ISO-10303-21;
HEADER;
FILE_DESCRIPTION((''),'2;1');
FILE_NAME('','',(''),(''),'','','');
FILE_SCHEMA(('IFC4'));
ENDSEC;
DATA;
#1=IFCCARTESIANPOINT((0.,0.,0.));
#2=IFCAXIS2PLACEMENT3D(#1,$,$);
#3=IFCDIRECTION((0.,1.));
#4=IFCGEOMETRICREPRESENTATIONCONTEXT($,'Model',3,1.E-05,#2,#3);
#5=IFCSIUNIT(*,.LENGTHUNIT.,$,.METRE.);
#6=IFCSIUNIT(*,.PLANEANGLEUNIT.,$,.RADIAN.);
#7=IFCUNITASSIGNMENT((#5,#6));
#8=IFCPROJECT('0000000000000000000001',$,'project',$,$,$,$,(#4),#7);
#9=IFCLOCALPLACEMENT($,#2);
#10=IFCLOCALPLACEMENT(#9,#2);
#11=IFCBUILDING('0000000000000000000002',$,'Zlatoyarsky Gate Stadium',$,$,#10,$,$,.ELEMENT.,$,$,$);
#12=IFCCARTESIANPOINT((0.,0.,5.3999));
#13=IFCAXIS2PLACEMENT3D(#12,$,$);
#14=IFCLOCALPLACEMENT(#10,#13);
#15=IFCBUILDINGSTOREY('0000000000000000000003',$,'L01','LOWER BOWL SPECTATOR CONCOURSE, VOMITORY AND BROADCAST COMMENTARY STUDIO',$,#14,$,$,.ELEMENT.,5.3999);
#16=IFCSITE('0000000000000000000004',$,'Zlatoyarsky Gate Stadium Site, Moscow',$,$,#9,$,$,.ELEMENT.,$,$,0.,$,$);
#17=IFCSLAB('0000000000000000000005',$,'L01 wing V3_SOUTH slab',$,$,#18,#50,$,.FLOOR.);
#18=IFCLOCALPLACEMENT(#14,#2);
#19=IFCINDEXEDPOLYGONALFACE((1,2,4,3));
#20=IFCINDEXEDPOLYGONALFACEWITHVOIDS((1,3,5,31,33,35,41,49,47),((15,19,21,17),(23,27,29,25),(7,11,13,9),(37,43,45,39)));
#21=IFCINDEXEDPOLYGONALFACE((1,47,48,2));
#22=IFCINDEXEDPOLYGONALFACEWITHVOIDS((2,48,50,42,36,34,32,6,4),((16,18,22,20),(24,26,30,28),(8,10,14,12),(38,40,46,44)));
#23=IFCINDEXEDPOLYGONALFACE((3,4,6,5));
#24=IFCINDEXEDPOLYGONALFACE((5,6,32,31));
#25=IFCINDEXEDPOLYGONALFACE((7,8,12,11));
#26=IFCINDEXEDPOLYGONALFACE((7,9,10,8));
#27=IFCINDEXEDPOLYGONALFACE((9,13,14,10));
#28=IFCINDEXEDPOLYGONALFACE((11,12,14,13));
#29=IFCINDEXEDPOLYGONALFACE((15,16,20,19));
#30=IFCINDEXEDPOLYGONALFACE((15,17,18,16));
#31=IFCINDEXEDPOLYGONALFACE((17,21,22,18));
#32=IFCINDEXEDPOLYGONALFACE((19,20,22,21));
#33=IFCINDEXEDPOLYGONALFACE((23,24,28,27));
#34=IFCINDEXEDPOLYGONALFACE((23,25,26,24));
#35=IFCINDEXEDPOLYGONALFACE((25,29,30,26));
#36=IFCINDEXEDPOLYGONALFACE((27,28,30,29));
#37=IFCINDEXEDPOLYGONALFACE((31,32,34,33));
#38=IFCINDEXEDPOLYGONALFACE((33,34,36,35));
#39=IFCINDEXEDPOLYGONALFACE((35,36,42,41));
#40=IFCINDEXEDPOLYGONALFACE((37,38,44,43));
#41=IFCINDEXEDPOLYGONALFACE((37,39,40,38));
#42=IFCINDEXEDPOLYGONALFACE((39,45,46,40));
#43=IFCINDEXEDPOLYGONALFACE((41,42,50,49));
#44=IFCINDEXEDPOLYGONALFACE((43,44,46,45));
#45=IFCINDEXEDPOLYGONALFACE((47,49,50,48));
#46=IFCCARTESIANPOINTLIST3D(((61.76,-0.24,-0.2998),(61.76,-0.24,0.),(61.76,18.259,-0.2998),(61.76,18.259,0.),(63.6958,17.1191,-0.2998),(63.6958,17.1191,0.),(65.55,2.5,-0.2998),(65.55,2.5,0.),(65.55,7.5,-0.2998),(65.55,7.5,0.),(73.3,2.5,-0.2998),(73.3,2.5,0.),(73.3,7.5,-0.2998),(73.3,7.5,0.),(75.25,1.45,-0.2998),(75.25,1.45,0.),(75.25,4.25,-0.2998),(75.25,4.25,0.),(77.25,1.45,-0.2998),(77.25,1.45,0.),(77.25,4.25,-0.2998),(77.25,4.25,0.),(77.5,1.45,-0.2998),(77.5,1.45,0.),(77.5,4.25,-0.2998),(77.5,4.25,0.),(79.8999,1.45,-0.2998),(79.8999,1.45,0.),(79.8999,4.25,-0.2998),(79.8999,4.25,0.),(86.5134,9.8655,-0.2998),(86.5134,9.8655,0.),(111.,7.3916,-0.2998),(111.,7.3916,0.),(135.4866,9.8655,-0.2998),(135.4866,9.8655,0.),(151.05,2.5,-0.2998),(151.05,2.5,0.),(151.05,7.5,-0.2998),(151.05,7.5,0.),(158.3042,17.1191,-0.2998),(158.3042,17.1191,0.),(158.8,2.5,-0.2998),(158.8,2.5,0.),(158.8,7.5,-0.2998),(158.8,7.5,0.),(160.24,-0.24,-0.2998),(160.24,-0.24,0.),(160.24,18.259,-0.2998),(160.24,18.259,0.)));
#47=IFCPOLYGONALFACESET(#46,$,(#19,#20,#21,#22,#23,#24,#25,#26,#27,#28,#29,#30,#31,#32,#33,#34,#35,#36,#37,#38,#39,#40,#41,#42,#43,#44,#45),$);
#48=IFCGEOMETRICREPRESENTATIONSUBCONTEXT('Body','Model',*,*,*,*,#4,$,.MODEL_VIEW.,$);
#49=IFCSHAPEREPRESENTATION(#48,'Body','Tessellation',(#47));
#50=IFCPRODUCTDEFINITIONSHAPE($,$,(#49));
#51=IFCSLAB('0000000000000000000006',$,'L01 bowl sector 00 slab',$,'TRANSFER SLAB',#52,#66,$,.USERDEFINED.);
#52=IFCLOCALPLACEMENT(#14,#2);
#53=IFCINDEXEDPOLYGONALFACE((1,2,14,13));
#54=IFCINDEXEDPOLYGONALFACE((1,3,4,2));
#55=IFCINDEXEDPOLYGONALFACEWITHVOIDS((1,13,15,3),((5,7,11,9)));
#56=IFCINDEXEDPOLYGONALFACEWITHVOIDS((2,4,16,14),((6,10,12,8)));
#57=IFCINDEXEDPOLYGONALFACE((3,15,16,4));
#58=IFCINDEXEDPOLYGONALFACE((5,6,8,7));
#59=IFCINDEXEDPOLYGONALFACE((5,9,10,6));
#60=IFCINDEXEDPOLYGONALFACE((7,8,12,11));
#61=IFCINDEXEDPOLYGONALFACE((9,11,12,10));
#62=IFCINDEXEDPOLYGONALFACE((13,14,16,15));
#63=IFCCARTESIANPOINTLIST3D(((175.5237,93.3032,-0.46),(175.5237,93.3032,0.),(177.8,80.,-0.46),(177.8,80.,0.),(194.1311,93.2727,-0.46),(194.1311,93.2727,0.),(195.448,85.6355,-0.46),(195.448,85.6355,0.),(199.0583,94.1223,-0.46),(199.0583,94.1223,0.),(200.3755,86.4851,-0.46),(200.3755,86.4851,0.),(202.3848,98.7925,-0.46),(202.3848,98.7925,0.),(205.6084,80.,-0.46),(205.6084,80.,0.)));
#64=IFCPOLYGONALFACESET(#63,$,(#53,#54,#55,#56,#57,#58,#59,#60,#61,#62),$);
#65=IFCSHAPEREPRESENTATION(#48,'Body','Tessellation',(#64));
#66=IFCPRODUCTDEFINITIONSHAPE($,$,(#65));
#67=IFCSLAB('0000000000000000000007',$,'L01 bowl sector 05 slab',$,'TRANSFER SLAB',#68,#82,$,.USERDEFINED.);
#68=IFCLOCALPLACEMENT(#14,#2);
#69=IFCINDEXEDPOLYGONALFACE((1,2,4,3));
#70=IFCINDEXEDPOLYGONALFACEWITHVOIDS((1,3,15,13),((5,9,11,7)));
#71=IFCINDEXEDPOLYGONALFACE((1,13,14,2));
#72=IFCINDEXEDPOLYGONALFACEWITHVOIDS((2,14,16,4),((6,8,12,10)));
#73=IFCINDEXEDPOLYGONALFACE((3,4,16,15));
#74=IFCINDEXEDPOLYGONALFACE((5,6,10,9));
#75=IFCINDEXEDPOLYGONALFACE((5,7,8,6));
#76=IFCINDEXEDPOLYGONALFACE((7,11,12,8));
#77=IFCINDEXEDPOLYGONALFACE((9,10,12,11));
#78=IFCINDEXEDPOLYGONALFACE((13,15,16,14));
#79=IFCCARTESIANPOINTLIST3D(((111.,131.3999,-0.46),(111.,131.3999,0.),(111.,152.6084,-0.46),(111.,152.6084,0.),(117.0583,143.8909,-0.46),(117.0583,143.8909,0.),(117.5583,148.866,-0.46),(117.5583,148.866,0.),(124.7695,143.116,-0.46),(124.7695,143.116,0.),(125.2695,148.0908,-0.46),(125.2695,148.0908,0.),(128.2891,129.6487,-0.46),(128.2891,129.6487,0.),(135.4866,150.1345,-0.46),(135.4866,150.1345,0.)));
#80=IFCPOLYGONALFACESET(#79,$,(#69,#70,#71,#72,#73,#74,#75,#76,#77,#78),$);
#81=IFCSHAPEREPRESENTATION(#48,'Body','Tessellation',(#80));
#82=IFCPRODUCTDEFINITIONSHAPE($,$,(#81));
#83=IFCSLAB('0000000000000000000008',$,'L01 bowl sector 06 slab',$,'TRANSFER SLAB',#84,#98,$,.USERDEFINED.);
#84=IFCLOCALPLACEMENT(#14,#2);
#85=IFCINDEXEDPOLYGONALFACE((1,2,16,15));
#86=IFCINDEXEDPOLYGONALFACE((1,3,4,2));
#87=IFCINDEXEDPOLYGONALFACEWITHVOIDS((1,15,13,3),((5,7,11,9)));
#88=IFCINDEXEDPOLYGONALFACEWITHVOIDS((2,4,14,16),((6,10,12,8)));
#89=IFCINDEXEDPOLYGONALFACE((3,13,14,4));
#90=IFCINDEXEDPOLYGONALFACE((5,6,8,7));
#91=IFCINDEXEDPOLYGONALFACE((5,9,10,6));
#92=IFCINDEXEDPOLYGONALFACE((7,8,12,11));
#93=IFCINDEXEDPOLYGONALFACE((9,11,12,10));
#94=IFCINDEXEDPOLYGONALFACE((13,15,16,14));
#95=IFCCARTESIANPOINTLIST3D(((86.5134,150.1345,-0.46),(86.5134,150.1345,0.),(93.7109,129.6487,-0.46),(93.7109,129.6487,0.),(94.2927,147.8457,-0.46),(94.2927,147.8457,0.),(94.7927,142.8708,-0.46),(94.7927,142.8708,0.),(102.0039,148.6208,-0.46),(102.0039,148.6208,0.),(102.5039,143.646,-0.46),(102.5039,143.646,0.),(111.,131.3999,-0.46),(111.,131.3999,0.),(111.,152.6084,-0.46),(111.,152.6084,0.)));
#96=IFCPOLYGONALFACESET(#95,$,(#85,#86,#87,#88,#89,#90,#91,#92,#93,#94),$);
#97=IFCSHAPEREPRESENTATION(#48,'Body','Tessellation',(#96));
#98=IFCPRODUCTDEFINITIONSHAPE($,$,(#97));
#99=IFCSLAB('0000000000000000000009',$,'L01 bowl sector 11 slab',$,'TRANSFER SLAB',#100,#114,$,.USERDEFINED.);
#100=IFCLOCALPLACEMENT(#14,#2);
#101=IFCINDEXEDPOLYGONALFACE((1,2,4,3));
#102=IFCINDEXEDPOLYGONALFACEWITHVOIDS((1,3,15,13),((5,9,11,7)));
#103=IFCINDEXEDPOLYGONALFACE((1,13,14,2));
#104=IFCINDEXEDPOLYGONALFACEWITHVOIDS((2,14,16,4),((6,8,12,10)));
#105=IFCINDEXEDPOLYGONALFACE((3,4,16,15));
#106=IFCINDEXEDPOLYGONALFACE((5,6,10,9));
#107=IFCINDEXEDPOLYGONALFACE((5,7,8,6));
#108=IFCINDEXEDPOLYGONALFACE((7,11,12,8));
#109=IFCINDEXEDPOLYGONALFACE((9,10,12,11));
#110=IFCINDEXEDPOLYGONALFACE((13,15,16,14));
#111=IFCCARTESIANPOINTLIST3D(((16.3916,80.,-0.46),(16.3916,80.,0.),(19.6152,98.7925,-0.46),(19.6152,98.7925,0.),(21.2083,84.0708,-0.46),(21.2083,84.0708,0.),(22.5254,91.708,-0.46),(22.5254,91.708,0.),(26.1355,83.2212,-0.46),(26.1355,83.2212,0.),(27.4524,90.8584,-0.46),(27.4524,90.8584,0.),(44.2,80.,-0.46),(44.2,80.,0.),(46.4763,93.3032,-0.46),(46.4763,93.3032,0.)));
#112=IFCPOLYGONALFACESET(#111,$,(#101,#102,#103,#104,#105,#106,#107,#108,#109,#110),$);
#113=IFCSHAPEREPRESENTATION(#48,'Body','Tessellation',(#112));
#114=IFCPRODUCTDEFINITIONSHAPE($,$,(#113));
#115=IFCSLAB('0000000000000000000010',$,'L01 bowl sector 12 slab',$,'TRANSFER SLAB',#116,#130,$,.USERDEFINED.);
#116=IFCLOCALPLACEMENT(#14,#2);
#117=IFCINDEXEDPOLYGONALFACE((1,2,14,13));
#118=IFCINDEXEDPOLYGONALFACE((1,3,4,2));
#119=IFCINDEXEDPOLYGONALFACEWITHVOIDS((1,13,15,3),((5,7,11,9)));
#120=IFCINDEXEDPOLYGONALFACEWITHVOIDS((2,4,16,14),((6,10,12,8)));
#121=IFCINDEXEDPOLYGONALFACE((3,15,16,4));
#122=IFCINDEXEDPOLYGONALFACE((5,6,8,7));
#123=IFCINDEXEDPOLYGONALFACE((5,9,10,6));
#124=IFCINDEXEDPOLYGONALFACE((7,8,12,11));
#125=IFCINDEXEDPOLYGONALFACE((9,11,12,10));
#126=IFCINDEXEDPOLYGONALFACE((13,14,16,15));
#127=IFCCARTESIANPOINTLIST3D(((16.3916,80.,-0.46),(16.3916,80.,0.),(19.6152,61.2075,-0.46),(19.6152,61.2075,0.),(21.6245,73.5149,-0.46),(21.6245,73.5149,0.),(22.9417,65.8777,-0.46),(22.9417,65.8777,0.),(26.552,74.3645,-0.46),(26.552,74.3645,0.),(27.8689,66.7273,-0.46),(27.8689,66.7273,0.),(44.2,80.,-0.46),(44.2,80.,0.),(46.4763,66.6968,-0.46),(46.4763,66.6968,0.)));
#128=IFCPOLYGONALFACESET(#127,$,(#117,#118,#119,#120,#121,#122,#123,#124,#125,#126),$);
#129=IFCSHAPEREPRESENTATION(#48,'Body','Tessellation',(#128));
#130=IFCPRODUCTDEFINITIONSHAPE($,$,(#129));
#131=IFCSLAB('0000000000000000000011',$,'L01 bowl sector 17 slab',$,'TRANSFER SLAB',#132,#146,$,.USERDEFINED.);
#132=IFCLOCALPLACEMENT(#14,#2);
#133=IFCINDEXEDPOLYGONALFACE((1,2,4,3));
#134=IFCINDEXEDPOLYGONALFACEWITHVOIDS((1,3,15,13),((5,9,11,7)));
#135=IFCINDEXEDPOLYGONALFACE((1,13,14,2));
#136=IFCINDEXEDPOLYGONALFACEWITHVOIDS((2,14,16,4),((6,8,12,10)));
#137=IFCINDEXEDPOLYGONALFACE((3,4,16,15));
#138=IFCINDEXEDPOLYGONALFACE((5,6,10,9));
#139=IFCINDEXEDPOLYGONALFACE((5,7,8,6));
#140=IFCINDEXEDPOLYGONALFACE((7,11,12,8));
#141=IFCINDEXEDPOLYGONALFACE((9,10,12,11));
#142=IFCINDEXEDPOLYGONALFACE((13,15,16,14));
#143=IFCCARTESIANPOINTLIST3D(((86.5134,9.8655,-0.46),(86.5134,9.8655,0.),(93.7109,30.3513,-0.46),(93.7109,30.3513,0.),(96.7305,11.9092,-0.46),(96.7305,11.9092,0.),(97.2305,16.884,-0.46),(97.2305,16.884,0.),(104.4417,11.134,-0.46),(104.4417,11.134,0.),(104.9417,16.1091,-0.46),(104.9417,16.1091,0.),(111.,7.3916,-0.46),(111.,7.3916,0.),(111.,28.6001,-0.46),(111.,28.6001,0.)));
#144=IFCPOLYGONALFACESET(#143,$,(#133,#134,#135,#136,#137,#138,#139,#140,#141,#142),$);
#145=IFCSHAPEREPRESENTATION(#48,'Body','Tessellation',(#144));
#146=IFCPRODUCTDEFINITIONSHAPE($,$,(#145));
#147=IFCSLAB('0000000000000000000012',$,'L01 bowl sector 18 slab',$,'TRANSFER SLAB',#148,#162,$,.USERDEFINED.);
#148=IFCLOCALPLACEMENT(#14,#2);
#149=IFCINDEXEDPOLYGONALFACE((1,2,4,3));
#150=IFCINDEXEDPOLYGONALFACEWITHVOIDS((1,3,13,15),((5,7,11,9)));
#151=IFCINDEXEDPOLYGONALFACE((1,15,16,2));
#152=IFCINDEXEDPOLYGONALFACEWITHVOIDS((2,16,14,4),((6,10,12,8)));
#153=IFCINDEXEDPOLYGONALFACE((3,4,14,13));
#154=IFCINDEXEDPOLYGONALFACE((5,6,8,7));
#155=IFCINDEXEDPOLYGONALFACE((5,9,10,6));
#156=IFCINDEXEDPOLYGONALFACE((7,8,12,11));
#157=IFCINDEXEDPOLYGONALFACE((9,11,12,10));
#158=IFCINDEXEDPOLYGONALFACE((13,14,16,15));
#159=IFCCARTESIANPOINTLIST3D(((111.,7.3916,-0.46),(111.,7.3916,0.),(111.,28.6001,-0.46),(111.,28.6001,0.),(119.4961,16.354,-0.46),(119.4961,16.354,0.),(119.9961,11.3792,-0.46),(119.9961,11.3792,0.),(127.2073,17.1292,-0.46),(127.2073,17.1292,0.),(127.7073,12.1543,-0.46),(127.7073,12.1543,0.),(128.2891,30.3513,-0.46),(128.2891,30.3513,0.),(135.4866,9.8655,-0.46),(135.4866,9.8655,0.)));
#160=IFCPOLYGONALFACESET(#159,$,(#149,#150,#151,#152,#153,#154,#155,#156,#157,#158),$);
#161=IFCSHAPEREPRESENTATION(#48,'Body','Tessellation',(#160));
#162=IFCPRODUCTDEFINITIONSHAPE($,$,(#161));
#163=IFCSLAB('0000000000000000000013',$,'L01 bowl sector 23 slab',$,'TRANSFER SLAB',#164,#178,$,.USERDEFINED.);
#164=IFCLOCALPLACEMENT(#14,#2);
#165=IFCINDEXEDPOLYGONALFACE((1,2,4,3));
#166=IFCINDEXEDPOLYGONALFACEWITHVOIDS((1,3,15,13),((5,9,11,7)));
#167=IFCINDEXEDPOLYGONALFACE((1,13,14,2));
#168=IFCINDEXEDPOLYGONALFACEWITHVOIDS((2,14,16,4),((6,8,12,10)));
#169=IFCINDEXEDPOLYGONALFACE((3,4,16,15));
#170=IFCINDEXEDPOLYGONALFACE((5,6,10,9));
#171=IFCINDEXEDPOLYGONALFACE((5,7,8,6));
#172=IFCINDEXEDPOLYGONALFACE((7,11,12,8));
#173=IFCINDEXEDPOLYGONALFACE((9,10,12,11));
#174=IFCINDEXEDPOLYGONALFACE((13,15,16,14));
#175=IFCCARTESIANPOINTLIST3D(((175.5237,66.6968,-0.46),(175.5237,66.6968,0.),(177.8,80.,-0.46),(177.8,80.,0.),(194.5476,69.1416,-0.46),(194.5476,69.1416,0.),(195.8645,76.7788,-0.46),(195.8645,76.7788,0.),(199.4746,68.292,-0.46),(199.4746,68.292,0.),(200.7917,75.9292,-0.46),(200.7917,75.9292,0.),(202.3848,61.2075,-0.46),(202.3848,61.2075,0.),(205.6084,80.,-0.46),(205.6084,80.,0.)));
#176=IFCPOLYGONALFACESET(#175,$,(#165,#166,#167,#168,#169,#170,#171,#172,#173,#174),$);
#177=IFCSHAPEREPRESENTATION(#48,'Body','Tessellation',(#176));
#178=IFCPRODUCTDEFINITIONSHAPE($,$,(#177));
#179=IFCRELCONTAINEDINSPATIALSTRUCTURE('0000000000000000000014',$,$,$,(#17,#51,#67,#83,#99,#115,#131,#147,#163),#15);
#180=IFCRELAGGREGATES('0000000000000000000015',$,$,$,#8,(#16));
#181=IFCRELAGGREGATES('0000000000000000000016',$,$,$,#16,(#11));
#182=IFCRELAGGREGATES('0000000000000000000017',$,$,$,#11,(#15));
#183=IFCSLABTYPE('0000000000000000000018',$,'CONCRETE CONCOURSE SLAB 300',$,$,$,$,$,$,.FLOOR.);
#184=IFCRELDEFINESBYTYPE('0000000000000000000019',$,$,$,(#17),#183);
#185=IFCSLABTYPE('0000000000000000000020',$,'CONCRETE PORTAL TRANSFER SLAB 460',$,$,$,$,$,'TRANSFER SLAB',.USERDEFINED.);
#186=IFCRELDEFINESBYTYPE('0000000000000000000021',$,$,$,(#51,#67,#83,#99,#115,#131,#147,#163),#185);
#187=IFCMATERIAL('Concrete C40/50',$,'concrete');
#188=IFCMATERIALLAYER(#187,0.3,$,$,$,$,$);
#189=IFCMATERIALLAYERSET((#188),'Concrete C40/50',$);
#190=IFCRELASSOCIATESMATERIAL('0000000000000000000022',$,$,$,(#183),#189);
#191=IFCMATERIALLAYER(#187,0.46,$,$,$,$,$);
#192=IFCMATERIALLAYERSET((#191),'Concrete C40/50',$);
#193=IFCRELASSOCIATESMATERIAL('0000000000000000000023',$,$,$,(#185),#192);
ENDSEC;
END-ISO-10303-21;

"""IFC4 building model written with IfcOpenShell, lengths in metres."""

from ifc_helpers import new_model, si_unit, direction, frame, origin, place, context, subcontext, project, spatial, polyline, outline, extrude, material, layer, layer_set, type_object, element, save


model = new_model("IFC4")

# Units and contexts
model_context = context("Model", 3, precision=1e-05, world=origin(), true_north=direction((0.0, 1.0)))
body_context = subcontext(model_context, "Body", "Model", "MODEL_VIEW")
ifc_project = project(units=[si_unit("LENGTHUNIT", "METRE"), si_unit("PLANEANGLEUNIT", "RADIAN")], contexts=[model_context])

# Site, building, storey
site_placement = place(None, origin())
site = spatial("IfcSite", under=ifc_project, at=site_placement, Name="Zlatoyarsky Gate Stadium Site, Moscow", CompositionType="ELEMENT", RefElevation=0.0)
building_placement = place(site_placement, origin())
building = spatial("IfcBuilding", under=site, at=building_placement, Name="Zlatoyarsky Gate Stadium", CompositionType="ELEMENT")
storey_placement = place(building_placement, frame((0.0, 0.0, 5.3999)))
storey = spatial("IfcBuildingStorey", under=building, at=storey_placement, Name="L01", Description="LOWER BOWL SPECTATOR CONCOURSE, VOMITORY AND BROADCAST COMMENTARY STUDIO", CompositionType="ELEMENT", Elevation=5.3999)

# Slabs
ifc_material_1 = material(Name="Concrete C40/50", Category="concrete")
ifc_layer_1 = layer(ifc_material_1, 0.3)
ifc_layer_set_1 = layer_set([ifc_layer_1], Name="Concrete C40/50")
slab_type_1 = type_object("IfcSlabType", Name="CONCRETE CONCOURSE SLAB 300", PredefinedType="FLOOR", material=ifc_layer_set_1)
slab_1_placement = place(storey_placement, frame((0.0, 0.0, -0.2998)))
element("IfcSlab", 1, at=slab_1_placement, inside=storey, type_object=slab_type_1, Name="L01 wing V3_SOUTH slab", PredefinedType="FLOOR", context=body_context, shape_type="SweptSolid", body=[
    extrude(outline(polyline([(61.76, 18.259), (63.6958, 17.1191), (86.5134, 9.8655), (111.0, 7.3916), (135.4866, 9.8655), (158.3042, 17.1191), (160.24, 18.259), (160.24, -0.24), (61.76, -0.24), (61.76, 18.259)]), holes=[polyline([(75.25, 1.45), (77.25, 1.45), (77.25, 4.25), (75.25, 4.25), (75.25, 1.45)]), polyline([(77.5, 1.45), (79.8999, 1.45), (79.8999, 4.25), (77.5, 4.25), (77.5, 1.45)]), polyline([(73.3, 2.5), (73.3, 7.5), (65.55, 7.5), (65.55, 2.5), (73.3, 2.5)]), polyline([(151.05, 2.5), (158.8, 2.5), (158.8, 7.5), (151.05, 7.5), (151.05, 2.5)])]), origin(), (0.0, 0.0, 1.0), 0.2998),
])
ifc_layer_2 = layer(ifc_material_1, 0.46)
ifc_layer_set_2 = layer_set([ifc_layer_2], Name="Concrete C40/50")
slab_type_2 = type_object("IfcSlabType", Name="CONCRETE PORTAL TRANSFER SLAB 460", ElementType="TRANSFER SLAB", PredefinedType="USERDEFINED", material=ifc_layer_set_2)
slab_2_placement = place(storey_placement, frame((0.0, 0.0, -0.46)))
element("IfcSlab", 2, at=slab_2_placement, inside=storey, type_object=slab_type_2, Name="L01 bowl sector 00 slab", ObjectType="TRANSFER SLAB", PredefinedType="USERDEFINED", context=body_context, shape_type="SweptSolid", body=[
    extrude(outline(polyline([(175.5237, 93.3032), (202.3848, 98.7925), (205.6084, 80.0), (177.8, 80.0), (175.5237, 93.3032)]), holes=[polyline([(195.448, 85.6355), (200.3755, 86.4851), (199.0583, 94.1223), (194.1311, 93.2727), (195.448, 85.6355)])]), origin(), (0.0, 0.0, 1.0), 0.46),
])
slab_3_placement = place(storey_placement, frame((0.0, 0.0, -0.46)))
element("IfcSlab", 3, at=slab_3_placement, inside=storey, type_object=slab_type_2, Name="L01 bowl sector 05 slab", ObjectType="TRANSFER SLAB", PredefinedType="USERDEFINED", context=body_context, shape_type="SweptSolid", body=[
    extrude(outline(polyline([(111.0, 131.3999), (111.0, 152.6084), (135.4866, 150.1345), (128.2891, 129.6487), (111.0, 131.3999)]), holes=[polyline([(125.2695, 148.0908), (117.5583, 148.866), (117.0583, 143.8909), (124.7695, 143.116), (125.2695, 148.0908)])]), origin(), (0.0, 0.0, 1.0), 0.46),
])
slab_4_placement = place(storey_placement, frame((0.0, 0.0, -0.46)))
element("IfcSlab", 4, at=slab_4_placement, inside=storey, type_object=slab_type_2, Name="L01 bowl sector 06 slab", ObjectType="TRANSFER SLAB", PredefinedType="USERDEFINED", context=body_context, shape_type="SweptSolid", body=[
    extrude(outline(polyline([(93.7109, 129.6487), (86.5134, 150.1345), (111.0, 152.6084), (111.0, 131.3999), (93.7109, 129.6487)]), holes=[polyline([(102.5039, 143.646), (102.0039, 148.6208), (94.2927, 147.8457), (94.7927, 142.8708), (102.5039, 143.646)])]), origin(), (0.0, 0.0, 1.0), 0.46),
])
slab_5_placement = place(storey_placement, frame((0.0, 0.0, -0.46)))
element("IfcSlab", 5, at=slab_5_placement, inside=storey, type_object=slab_type_2, Name="L01 bowl sector 11 slab", ObjectType="TRANSFER SLAB", PredefinedType="USERDEFINED", context=body_context, shape_type="SweptSolid", body=[
    extrude(outline(polyline([(44.2, 80.0), (16.3916, 80.0), (19.6152, 98.7925), (46.4763, 93.3032), (44.2, 80.0)]), holes=[polyline([(27.4524, 90.8584), (22.5254, 91.708), (21.2083, 84.0708), (26.1355, 83.2212), (27.4524, 90.8584)])]), origin(), (0.0, 0.0, 1.0), 0.46),
])
slab_6_placement = place(storey_placement, frame((0.0, 0.0, -0.46)))
element("IfcSlab", 6, at=slab_6_placement, inside=storey, type_object=slab_type_2, Name="L01 bowl sector 12 slab", ObjectType="TRANSFER SLAB", PredefinedType="USERDEFINED", context=body_context, shape_type="SweptSolid", body=[
    extrude(outline(polyline([(46.4763, 66.6968), (19.6152, 61.2075), (16.3916, 80.0), (44.2, 80.0), (46.4763, 66.6968)]), holes=[polyline([(26.552, 74.3645), (21.6245, 73.5149), (22.9417, 65.8777), (27.8689, 66.7273), (26.552, 74.3645)])]), origin(), (0.0, 0.0, 1.0), 0.46),
])
slab_7_placement = place(storey_placement, frame((0.0, 0.0, -0.46)))
element("IfcSlab", 7, at=slab_7_placement, inside=storey, type_object=slab_type_2, Name="L01 bowl sector 17 slab", ObjectType="TRANSFER SLAB", PredefinedType="USERDEFINED", context=body_context, shape_type="SweptSolid", body=[
    extrude(outline(polyline([(111.0, 28.6001), (111.0, 7.3916), (86.5134, 9.8655), (93.7109, 30.3513), (111.0, 28.6001)]), holes=[polyline([(97.2305, 16.884), (96.7305, 11.9092), (104.4417, 11.134), (104.9417, 16.1091), (97.2305, 16.884)])]), origin(), (0.0, 0.0, 1.0), 0.46),
])
slab_8_placement = place(storey_placement, frame((0.0, 0.0, -0.46)))
element("IfcSlab", 8, at=slab_8_placement, inside=storey, type_object=slab_type_2, Name="L01 bowl sector 18 slab", ObjectType="TRANSFER SLAB", PredefinedType="USERDEFINED", context=body_context, shape_type="SweptSolid", body=[
    extrude(outline(polyline([(128.2891, 30.3513), (135.4866, 9.8655), (111.0, 7.3916), (111.0, 28.6001), (128.2891, 30.3513)]), holes=[polyline([(119.9961, 11.3792), (127.7073, 12.1543), (127.2073, 17.1292), (119.4961, 16.354), (119.9961, 11.3792)])]), origin(), (0.0, 0.0, 1.0), 0.46),
])
slab_9_placement = place(storey_placement, frame((0.0, 0.0, -0.46)))
element("IfcSlab", 9, at=slab_9_placement, inside=storey, type_object=slab_type_2, Name="L01 bowl sector 23 slab", ObjectType="TRANSFER SLAB", PredefinedType="USERDEFINED", context=body_context, shape_type="SweptSolid", body=[
    extrude(outline(polyline([(177.8, 80.0), (205.6084, 80.0), (202.3848, 61.2075), (175.5237, 66.6968), (177.8, 80.0)]), holes=[polyline([(199.4746, 68.292), (200.7917, 75.9292), (195.8645, 76.7788), (194.5476, 69.1416), (199.4746, 68.292)])]), origin(), (0.0, 0.0, 1.0), 0.46),
])

save(model, "model.ifc")
